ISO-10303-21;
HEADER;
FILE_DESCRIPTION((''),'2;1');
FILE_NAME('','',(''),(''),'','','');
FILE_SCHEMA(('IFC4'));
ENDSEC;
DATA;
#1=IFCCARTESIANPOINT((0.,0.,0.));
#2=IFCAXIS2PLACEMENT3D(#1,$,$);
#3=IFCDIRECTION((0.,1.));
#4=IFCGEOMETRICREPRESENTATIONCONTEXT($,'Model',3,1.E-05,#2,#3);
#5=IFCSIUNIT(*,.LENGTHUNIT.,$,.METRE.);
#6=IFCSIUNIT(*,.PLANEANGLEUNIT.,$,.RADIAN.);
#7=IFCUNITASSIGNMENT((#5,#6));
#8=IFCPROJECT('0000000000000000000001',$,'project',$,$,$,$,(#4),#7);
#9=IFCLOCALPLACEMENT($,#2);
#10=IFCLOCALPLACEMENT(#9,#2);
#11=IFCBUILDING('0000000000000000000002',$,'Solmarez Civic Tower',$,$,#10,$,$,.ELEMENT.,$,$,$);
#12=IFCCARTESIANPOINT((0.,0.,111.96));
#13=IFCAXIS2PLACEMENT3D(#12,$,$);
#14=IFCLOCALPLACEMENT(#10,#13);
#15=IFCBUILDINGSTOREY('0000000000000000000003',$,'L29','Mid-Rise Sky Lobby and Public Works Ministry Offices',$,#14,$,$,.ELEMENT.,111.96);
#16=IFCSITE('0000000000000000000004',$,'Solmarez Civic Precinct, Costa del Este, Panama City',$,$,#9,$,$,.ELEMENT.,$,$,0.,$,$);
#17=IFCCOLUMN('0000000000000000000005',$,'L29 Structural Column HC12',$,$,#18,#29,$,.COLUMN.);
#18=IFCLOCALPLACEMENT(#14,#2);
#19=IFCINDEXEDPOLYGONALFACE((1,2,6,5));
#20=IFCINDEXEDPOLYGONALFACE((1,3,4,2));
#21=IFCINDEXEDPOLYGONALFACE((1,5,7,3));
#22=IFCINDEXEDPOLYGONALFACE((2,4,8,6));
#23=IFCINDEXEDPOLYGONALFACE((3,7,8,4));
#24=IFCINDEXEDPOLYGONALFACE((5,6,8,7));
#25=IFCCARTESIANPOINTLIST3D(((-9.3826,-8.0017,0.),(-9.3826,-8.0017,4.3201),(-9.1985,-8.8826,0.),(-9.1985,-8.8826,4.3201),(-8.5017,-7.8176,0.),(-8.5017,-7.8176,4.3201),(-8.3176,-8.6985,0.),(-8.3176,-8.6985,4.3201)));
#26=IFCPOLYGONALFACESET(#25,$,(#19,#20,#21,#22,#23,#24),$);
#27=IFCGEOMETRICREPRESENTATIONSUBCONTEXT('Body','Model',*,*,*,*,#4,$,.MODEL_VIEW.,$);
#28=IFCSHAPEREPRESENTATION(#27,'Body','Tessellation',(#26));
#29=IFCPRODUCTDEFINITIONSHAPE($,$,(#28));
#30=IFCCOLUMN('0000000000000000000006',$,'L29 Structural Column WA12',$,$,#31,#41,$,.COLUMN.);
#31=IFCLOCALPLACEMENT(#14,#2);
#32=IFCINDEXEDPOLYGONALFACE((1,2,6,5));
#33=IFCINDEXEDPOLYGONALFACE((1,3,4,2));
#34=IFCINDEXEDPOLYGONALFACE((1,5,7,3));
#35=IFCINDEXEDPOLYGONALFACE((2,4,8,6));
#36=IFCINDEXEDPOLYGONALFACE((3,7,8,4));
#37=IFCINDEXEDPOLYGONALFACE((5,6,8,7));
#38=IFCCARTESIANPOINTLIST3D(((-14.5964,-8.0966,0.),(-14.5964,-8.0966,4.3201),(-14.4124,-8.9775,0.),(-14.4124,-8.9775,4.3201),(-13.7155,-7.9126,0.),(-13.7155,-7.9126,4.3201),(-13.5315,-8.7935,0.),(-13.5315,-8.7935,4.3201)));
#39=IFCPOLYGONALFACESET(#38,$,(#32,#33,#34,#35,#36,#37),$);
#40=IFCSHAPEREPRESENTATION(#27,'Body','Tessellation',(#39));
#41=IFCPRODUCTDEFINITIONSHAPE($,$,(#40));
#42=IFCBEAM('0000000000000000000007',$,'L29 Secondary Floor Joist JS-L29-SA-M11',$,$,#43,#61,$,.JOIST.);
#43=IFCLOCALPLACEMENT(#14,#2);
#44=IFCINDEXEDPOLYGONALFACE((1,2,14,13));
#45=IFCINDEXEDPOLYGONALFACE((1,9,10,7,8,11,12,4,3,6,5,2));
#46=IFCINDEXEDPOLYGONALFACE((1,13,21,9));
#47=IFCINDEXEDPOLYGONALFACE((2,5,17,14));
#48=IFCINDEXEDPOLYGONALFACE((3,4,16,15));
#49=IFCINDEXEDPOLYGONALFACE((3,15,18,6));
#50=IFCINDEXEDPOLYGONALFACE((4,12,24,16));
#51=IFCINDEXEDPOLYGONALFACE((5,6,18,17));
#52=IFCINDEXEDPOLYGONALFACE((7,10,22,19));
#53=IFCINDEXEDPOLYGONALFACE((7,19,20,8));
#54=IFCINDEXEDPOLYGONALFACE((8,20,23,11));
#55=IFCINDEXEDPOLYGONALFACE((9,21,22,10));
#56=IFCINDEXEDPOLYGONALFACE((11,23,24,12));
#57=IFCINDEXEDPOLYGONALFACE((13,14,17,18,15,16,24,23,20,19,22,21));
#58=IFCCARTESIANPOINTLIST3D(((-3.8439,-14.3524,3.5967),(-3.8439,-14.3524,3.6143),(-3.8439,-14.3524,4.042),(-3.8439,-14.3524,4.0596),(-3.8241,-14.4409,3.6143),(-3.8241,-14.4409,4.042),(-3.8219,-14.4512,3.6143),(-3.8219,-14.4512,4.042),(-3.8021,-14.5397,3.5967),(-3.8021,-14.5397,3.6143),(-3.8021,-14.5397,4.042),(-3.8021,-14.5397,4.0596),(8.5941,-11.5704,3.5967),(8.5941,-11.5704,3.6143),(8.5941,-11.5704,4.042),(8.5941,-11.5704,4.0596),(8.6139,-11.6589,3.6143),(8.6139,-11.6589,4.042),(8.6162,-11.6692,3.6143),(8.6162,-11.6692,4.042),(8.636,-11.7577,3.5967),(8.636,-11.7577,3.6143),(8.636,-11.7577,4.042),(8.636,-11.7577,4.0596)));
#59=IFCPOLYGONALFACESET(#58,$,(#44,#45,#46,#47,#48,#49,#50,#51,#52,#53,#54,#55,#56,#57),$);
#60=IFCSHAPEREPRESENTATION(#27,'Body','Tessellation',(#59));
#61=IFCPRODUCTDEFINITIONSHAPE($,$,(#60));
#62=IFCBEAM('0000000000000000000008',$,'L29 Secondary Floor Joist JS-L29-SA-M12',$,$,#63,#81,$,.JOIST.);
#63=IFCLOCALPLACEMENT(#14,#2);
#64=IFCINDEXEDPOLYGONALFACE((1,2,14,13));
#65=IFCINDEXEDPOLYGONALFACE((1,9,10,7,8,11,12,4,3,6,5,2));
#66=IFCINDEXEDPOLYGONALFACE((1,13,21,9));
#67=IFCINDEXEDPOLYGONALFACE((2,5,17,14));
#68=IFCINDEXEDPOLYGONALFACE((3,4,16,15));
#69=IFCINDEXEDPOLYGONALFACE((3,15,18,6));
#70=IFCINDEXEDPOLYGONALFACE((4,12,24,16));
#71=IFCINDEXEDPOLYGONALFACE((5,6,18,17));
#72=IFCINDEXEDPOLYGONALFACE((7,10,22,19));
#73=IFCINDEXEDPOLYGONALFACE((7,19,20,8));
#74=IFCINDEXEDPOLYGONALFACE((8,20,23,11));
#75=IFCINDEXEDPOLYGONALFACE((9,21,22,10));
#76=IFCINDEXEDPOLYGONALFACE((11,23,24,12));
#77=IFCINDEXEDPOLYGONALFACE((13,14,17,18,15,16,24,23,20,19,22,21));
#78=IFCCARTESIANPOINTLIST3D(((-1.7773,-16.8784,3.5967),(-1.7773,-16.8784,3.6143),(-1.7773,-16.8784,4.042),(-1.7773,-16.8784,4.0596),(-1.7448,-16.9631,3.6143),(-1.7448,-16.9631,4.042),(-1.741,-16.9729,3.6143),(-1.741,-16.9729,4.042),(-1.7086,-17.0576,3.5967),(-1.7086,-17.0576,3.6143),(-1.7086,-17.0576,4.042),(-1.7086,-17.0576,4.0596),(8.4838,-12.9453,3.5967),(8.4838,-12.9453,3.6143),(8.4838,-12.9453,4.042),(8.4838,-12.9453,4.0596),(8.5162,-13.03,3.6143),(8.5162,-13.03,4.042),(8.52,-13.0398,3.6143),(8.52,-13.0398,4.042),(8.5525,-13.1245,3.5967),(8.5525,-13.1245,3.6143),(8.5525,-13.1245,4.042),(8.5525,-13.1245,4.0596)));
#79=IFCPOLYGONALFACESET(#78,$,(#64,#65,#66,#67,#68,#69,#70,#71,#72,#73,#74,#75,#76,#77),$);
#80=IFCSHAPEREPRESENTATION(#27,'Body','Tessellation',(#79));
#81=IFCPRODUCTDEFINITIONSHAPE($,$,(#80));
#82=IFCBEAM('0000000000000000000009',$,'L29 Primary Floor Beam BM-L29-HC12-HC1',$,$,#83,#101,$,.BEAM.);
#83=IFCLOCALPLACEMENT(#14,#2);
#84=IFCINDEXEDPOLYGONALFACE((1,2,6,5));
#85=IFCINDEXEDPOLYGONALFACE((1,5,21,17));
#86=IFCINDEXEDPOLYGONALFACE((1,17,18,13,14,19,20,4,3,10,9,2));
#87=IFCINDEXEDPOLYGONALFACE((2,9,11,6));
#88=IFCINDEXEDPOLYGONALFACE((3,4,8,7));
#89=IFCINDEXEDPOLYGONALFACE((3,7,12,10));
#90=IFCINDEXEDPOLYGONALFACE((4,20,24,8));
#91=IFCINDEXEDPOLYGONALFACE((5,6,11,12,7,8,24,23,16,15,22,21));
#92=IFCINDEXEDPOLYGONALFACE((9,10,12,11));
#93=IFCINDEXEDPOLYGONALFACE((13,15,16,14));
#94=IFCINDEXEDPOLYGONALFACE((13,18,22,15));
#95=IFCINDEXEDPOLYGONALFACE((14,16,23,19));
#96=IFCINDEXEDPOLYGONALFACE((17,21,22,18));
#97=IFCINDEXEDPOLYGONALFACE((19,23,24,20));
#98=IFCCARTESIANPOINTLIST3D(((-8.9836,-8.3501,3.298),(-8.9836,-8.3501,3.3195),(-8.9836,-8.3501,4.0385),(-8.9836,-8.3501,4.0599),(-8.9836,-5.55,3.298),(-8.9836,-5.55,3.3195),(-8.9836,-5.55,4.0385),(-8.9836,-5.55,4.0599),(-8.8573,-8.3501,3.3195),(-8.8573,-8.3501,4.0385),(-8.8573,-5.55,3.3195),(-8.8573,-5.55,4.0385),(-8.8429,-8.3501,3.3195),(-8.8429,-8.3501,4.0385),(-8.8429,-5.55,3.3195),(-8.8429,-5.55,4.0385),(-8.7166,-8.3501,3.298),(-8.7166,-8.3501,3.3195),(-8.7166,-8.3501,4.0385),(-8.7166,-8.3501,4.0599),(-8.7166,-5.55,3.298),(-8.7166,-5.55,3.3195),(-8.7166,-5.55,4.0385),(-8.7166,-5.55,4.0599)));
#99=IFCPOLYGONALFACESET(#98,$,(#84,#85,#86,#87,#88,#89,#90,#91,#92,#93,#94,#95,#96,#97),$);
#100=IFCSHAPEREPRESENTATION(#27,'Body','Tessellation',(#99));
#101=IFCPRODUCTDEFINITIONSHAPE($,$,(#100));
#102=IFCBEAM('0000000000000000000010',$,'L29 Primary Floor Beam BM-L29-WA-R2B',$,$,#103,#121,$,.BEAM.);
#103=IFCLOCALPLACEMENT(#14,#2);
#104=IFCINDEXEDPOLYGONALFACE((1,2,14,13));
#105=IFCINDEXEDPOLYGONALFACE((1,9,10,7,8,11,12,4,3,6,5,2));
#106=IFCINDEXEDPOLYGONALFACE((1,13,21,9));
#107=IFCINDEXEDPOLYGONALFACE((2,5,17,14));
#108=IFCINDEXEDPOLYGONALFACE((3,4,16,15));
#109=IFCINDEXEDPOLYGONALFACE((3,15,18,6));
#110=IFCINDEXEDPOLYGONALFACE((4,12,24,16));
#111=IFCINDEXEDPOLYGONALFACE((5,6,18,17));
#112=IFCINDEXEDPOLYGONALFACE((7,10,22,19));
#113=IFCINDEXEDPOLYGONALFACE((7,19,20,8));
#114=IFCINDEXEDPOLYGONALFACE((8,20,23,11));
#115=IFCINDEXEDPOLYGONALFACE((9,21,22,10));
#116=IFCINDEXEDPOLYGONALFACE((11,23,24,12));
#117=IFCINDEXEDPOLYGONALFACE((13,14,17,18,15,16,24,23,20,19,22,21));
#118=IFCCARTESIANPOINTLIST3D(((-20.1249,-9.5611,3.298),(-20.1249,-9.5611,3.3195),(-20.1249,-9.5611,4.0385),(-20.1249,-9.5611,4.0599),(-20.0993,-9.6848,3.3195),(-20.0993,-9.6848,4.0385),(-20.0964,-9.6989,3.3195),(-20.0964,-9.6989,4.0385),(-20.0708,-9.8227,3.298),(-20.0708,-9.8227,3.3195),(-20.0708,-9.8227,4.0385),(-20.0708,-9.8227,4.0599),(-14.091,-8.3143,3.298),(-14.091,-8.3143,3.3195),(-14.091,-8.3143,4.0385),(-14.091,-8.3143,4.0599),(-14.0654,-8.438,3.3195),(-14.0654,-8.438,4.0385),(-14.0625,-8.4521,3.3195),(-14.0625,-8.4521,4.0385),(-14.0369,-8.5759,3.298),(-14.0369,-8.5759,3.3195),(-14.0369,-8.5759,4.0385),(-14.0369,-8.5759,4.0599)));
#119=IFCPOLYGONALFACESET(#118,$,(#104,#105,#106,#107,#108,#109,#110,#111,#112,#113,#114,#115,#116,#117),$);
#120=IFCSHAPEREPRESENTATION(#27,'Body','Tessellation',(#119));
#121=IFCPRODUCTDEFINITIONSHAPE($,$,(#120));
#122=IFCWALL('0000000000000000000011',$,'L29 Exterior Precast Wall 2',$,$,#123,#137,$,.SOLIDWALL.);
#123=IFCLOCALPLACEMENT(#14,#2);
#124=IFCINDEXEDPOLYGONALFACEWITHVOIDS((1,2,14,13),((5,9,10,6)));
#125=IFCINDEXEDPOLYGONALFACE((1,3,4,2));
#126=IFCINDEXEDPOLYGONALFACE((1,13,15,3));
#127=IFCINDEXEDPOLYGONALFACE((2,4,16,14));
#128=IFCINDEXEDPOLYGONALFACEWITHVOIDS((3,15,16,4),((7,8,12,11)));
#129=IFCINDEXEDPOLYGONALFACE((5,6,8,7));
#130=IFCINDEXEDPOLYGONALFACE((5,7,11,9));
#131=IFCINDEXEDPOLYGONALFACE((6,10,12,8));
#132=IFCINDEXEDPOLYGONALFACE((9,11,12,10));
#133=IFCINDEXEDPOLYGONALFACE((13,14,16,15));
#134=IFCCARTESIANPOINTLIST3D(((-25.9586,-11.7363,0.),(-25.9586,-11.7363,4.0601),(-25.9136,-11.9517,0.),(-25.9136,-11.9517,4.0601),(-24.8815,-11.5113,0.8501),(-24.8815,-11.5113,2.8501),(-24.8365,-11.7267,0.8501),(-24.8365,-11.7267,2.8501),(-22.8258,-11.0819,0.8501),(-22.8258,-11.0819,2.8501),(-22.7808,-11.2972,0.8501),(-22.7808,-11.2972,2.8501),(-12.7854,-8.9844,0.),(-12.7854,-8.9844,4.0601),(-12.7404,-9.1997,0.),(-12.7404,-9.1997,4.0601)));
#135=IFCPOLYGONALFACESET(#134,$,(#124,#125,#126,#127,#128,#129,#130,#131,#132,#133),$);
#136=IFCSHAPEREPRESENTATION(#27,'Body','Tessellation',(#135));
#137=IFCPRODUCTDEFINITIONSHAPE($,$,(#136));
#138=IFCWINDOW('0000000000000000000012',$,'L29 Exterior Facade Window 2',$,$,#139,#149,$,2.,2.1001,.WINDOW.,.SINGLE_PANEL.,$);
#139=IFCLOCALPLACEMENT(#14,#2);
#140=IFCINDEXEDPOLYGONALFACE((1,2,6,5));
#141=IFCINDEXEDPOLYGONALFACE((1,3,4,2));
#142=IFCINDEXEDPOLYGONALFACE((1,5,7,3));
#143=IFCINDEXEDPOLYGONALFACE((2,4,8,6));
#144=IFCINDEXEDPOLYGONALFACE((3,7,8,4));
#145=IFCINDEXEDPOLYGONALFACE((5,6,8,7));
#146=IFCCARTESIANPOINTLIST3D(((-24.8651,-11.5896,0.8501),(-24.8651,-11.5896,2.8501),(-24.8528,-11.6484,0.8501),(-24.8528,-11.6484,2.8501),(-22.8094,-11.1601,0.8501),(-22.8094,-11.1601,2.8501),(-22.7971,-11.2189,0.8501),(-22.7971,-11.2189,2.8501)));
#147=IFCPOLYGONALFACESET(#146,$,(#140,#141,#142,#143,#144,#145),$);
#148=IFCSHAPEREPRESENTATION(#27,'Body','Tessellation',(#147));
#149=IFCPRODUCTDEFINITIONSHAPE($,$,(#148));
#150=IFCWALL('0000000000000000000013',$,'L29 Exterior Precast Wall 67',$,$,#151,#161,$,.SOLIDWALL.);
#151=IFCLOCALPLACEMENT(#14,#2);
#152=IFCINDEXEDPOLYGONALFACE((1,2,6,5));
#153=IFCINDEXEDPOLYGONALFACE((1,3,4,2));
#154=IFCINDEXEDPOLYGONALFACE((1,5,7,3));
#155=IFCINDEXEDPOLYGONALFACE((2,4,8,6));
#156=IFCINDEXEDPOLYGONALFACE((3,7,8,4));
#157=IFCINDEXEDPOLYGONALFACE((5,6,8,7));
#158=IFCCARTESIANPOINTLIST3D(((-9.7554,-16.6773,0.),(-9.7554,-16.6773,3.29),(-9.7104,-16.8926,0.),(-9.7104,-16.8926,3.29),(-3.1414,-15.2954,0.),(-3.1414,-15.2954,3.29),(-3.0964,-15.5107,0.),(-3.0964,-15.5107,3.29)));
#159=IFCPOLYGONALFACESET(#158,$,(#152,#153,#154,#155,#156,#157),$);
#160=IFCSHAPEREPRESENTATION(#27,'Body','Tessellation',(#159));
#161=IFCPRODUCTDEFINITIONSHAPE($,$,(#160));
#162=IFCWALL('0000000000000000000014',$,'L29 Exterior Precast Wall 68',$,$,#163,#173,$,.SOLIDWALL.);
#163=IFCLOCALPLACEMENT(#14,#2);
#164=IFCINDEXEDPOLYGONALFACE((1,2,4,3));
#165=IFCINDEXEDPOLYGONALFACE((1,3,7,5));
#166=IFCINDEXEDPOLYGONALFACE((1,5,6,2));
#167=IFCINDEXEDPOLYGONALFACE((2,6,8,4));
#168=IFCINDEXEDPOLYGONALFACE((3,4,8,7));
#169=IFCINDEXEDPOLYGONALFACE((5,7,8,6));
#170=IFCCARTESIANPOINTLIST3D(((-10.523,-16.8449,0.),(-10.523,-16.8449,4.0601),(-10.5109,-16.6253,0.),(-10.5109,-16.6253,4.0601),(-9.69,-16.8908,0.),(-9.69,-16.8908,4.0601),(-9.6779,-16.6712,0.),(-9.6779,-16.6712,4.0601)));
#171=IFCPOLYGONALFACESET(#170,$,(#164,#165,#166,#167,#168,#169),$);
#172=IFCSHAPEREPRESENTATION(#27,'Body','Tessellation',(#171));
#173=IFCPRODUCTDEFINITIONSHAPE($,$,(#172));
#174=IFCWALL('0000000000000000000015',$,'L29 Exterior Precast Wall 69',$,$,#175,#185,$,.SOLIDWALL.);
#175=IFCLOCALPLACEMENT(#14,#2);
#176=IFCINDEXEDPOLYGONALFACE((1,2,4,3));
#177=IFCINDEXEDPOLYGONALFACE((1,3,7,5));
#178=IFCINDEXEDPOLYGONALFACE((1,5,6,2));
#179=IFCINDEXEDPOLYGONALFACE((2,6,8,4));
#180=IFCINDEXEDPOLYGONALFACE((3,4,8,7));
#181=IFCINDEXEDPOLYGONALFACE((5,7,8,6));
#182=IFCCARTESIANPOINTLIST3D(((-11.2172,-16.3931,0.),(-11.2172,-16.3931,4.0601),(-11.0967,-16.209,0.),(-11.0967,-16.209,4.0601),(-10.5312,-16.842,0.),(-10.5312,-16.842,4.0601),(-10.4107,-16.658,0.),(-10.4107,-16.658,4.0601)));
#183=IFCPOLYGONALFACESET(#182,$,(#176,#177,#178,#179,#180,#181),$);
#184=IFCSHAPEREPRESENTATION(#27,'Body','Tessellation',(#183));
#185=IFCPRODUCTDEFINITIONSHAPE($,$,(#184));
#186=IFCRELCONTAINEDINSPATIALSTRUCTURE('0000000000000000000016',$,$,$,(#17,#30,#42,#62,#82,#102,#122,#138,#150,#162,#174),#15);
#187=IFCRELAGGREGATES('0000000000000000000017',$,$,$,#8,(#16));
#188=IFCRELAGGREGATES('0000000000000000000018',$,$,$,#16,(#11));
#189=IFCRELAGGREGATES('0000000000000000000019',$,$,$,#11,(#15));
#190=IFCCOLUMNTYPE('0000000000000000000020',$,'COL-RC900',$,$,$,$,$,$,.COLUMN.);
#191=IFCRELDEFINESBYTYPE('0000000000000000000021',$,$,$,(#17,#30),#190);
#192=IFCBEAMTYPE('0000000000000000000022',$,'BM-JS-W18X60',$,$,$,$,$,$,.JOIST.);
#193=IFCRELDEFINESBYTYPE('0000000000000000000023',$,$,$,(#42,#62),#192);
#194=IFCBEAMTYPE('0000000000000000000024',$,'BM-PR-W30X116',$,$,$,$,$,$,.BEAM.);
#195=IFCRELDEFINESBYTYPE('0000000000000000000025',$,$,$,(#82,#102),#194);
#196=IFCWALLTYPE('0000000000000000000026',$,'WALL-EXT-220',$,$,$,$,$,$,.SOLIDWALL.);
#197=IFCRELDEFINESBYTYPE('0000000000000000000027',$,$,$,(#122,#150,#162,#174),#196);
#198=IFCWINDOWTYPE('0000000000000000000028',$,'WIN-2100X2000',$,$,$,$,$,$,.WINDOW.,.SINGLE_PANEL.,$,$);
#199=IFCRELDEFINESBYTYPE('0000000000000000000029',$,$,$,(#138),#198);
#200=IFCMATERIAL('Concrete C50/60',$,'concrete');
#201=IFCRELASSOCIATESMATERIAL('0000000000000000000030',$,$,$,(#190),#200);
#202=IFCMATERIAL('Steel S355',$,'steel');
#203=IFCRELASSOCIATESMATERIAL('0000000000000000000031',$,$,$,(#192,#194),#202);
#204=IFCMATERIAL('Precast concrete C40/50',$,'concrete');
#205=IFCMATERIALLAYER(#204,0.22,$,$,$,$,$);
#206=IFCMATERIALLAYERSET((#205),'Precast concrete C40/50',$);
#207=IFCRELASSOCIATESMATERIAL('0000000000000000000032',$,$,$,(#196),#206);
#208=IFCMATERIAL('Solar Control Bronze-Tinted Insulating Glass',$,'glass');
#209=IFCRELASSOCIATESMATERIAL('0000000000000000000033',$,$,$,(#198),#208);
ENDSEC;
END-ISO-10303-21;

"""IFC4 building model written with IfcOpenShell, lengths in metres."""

from ifc_helpers import new_model, si_unit, direction, frame, frame_2d, origin, origin_2d, place, context, subcontext, project, spatial, rectangle, i_section, extrude, material, layer, layer_set, material_profile, profile_set, type_object, element, fill, save


model = new_model("IFC4")

# Units and contexts
model_context = context("Model", 3, precision=1e-05, world=origin(), true_north=direction((0.0, 1.0)))
body_context = subcontext(model_context, "Body", "Model", "MODEL_VIEW")
ifc_project = project(units=[si_unit("LENGTHUNIT", "METRE"), si_unit("PLANEANGLEUNIT", "RADIAN")], contexts=[model_context])

# Site, building, storey
site_placement = place(None, origin())
site = spatial("IfcSite", under=ifc_project, at=site_placement, Name="Solmarez Civic Precinct, Costa del Este, Panama City", CompositionType="ELEMENT", RefElevation=0.0)
building_placement = place(site_placement, origin())
building = spatial("IfcBuilding", under=site, at=building_placement, Name="Solmarez Civic Tower", CompositionType="ELEMENT")
storey_placement = place(building_placement, frame((0.0, 0.0, 111.96)))
storey = spatial("IfcBuildingStorey", under=building, at=storey_placement, Name="L29", Description="Mid-Rise Sky Lobby and Public Works Ministry Offices", CompositionType="ELEMENT", Elevation=111.96)

# Columns
ifc_material_1 = material(Name="Concrete C50/60", Category="concrete")
ifc_material_profile_1 = material_profile(ifc_material_1, rectangle(XDim=0.8999, YDim=0.8999, at=origin_2d()), Name="RC900X900")
ifc_profile_set_1 = profile_set([ifc_material_profile_1], Name="Concrete C50/60")
column_type = type_object("IfcColumnType", Name="COL-RC900", PredefinedType="COLUMN", material=ifc_profile_set_1)
for number, where, z_axis, x_axis, name in (
    (1, (-8.8501, -8.3501, 0.0), (0.0, 0.0, 1.0), (0.978867, 0.204496, 0.0), "L29 Structural Column HC12"),
    (2, (-14.064, -8.4451, 0.0), (0.0, 0.0, 1.0), (0.978867, 0.204496, 0.0), "L29 Structural Column WA12"),
):
    element("IfcColumn", number, at=place(storey_placement, frame(where, z_axis=z_axis, x_axis=x_axis)), inside=storey, type_object=column_type, Name=name, PredefinedType="COLUMN", context=body_context, shape_type="SweptSolid", body=[
        extrude(rectangle(XDim=0.8999, YDim=0.8999, at=origin_2d()), origin(), (0.0, 0.0, 1.0), 4.3201),
    ])

# Beams
ifc_material_2 = material(Name="Steel S355", Category="steel")
ifc_material_profile_2 = material_profile(ifc_material_2, i_section(OverallWidth=0.1919, OverallDepth=0.4629, WebThickness=0.0105, FlangeThickness=0.0176, at=origin_2d()), Name="W18X60")
ifc_profile_set_2 = profile_set([ifc_material_profile_2], Name="Steel S355")
beam_type_1 = type_object("IfcBeamType", Name="BM-JS-W18X60", PredefinedType="JOIST", material=ifc_profile_set_2)
beam_1_placement = place(storey_placement, frame((-3.823, -14.446, 3.8281), z_axis=(0.975887, 0.218275, 0.0), x_axis=(-0.218275, 0.975887, 0.0)))
element("IfcBeam", 3, at=beam_1_placement, inside=storey, type_object=beam_type_1, Name="L29 Secondary Floor Joist JS-L29-SA-M11", PredefinedType="JOIST", context=body_context, shape_type="SweptSolid", body=[
    extrude(i_section(OverallWidth=0.1919, OverallDepth=0.4629, WebThickness=0.0105, FlangeThickness=0.0176, at=origin_2d()), origin(), (0.0, 0.0, 1.0), 12.7454),
])
beam_2_placement = place(storey_placement, frame((-1.7429, -16.968, 3.8281), z_axis=(0.933754, 0.357914, 0.0), x_axis=(-0.357914, 0.933754, 0.0)))
element("IfcBeam", 4, at=beam_2_placement, inside=storey, type_object=beam_type_1, Name="L29 Secondary Floor Joist JS-L29-SA-M12", PredefinedType="JOIST", context=body_context, shape_type="SweptSolid", body=[
    extrude(i_section(OverallWidth=0.1919, OverallDepth=0.4629, WebThickness=0.0105, FlangeThickness=0.0176, at=origin_2d()), origin(), (0.0, 0.0, 1.0), 10.989),
])
ifc_material_profile_3 = material_profile(ifc_material_2, i_section(OverallWidth=0.2671, OverallDepth=0.762, WebThickness=0.0144, FlangeThickness=0.0215, at=origin_2d()), Name="W30X116")
ifc_profile_set_3 = profile_set([ifc_material_profile_3], Name="Steel S355")
beam_type_2 = type_object("IfcBeamType", Name="BM-PR-W30X116", PredefinedType="BEAM", material=ifc_profile_set_3)
beam_3_placement = place(storey_placement, frame((-8.8501, -8.3501, 3.679), z_axis=(0.0, 1.0, 0.0), x_axis=(-1.0, 0.0, 0.0)))
element("IfcBeam", 5, at=beam_3_placement, inside=storey, type_object=beam_type_2, Name="L29 Primary Floor Beam BM-L29-HC12-HC1", PredefinedType="BEAM", context=body_context, shape_type="SweptSolid", body=[
    extrude(i_section(OverallWidth=0.2671, OverallDepth=0.762, WebThickness=0.0144, FlangeThickness=0.0215, at=origin_2d()), origin(), (0.0, 0.0, 1.0), 2.8),
])
beam_4_placement = place(storey_placement, frame((-14.064, -8.4451, 3.679), z_axis=(-0.979311, -0.202361, 0.0), x_axis=(0.202361, -0.979311, 0.0)))
element("IfcBeam", 6, at=beam_4_placement, inside=storey, type_object=beam_type_2, Name="L29 Primary Floor Beam BM-L29-WA-R2B", PredefinedType="BEAM", context=body_context, shape_type="SweptSolid", body=[
    extrude(i_section(OverallWidth=0.2671, OverallDepth=0.762, WebThickness=0.0144, FlangeThickness=0.0215, at=origin_2d()), origin(), (0.0, 0.0, 1.0), 6.1614),
])

# Wall, opening, window
ifc_material_3 = material(Name="Precast concrete C40/50", Category="concrete")
ifc_layer_1 = layer(ifc_material_3, 0.22)
ifc_layer_set_1 = layer_set([ifc_layer_1], Name="Precast concrete C40/50")
wall_type_1 = type_object("IfcWallType", Name="WALL-EXT-220", PredefinedType="SOLIDWALL", material=ifc_layer_set_1)
wall_1_placement = place(storey_placement, frame((-12.7629, -9.092, 0.0), z_axis=(0.0, 0.0, 1.0), x_axis=(-0.978868, -0.204492, 0.0)))
wall_1 = element("IfcWall", 7, at=wall_1_placement, inside=storey, type_object=wall_type_1, Name="L29 Exterior Precast Wall 2", PredefinedType="SOLIDWALL", context=body_context, shape_type="SweptSolid", body=[
    extrude(rectangle(XDim=13.4575, YDim=0.22, at=frame_2d((6.7288, 0.0))), origin(), (0.0, 0.0, 1.0), 4.0601),
])
opening_1_placement = place(wall_1_placement, frame((10.2571, 0.0, 0.8501)))
opening_1 = element("IfcOpeningElement", 8, at=opening_1_placement, cuts=wall_1, PredefinedType="OPENING", context=body_context, shape_type="SweptSolid", body=[
    extrude(rectangle(XDim=2.1001, YDim=2.0, at=frame_2d((1.05, 1.0))), frame((0.0, 0.1199, 0.0), z_axis=(0.0, -1.0, 0.0), x_axis=(1.0, 0.0, 0.0)), (0.0, 0.0, 1.0), 0.24),
])
ifc_material_4 = material(Name="Solar Control Bronze-Tinted Insulating Glass", Category="glass")
window_type = type_object("IfcWindowType", Name="WIN-2100X2000", PartitioningType="SINGLE_PANEL", PredefinedType="WINDOW", material=ifc_material_4)
window_placement = place(opening_1_placement, origin())
window = element("IfcWindow", 9, at=window_placement, inside=storey, type_object=window_type, Name="L29 Exterior Facade Window 2", OverallHeight=2.0, OverallWidth=2.1001, PartitioningType="SINGLE_PANEL", PredefinedType="WINDOW", context=body_context, shape_type="SweptSolid", body=[
    extrude(rectangle(XDim=2.1001, YDim=2.0, at=frame_2d((1.05, 1.0))), frame((0.0, 0.03, 0.0), z_axis=(0.0, -1.0, 0.0), x_axis=(1.0, 0.0, 0.0)), (0.0, 0.0, 1.0), 0.0601),
])
fill(opening_1, window)

# Walls
wall_2_placement = place(storey_placement, frame((-3.1189, -15.4031, 0.0), z_axis=(0.0, 0.0, 1.0), x_axis=(-0.978865, -0.20451, 0.0)))
element("IfcWall", 10, at=wall_2_placement, inside=storey, type_object=wall_type_1, Name="L29 Exterior Precast Wall 67", PredefinedType="SOLIDWALL", context=body_context, shape_type="SweptSolid", body=[
    extrude(rectangle(XDim=6.7568, YDim=0.22, at=frame_2d((3.3784, 0.0))), origin(), (0.0, 0.0, 1.0), 3.29),
])
wall_3_placement = place(storey_placement, frame((-9.6841, -16.781, 0.0), z_axis=(0.0, 0.0, 1.0), x_axis=(-0.998485, 0.055016, 0.0)))
element("IfcWall", 11, at=wall_3_placement, inside=storey, type_object=wall_type_1, Name="L29 Exterior Precast Wall 68", PredefinedType="SOLIDWALL", context=body_context, shape_type="SweptSolid", body=[
    extrude(rectangle(XDim=0.8342, YDim=0.22, at=frame_2d((0.417, 0.0))), origin(), (0.0, 0.0, 1.0), 4.0601),
])
wall_4_placement = place(storey_placement, frame((-10.4709, -16.75, 0.0), z_axis=(0.0, 0.0, 1.0), x_axis=(-0.836739, 0.547602, 0.0)))
element("IfcWall", 12, at=wall_4_placement, inside=storey, type_object=wall_type_1, Name="L29 Exterior Precast Wall 69", PredefinedType="SOLIDWALL", context=body_context, shape_type="SweptSolid", body=[
    extrude(rectangle(XDim=0.8198, YDim=0.22, at=frame_2d((0.4099, 0.0))), origin(), (0.0, 0.0, 1.0), 4.0601),
])

save(model, "model.ifc")
